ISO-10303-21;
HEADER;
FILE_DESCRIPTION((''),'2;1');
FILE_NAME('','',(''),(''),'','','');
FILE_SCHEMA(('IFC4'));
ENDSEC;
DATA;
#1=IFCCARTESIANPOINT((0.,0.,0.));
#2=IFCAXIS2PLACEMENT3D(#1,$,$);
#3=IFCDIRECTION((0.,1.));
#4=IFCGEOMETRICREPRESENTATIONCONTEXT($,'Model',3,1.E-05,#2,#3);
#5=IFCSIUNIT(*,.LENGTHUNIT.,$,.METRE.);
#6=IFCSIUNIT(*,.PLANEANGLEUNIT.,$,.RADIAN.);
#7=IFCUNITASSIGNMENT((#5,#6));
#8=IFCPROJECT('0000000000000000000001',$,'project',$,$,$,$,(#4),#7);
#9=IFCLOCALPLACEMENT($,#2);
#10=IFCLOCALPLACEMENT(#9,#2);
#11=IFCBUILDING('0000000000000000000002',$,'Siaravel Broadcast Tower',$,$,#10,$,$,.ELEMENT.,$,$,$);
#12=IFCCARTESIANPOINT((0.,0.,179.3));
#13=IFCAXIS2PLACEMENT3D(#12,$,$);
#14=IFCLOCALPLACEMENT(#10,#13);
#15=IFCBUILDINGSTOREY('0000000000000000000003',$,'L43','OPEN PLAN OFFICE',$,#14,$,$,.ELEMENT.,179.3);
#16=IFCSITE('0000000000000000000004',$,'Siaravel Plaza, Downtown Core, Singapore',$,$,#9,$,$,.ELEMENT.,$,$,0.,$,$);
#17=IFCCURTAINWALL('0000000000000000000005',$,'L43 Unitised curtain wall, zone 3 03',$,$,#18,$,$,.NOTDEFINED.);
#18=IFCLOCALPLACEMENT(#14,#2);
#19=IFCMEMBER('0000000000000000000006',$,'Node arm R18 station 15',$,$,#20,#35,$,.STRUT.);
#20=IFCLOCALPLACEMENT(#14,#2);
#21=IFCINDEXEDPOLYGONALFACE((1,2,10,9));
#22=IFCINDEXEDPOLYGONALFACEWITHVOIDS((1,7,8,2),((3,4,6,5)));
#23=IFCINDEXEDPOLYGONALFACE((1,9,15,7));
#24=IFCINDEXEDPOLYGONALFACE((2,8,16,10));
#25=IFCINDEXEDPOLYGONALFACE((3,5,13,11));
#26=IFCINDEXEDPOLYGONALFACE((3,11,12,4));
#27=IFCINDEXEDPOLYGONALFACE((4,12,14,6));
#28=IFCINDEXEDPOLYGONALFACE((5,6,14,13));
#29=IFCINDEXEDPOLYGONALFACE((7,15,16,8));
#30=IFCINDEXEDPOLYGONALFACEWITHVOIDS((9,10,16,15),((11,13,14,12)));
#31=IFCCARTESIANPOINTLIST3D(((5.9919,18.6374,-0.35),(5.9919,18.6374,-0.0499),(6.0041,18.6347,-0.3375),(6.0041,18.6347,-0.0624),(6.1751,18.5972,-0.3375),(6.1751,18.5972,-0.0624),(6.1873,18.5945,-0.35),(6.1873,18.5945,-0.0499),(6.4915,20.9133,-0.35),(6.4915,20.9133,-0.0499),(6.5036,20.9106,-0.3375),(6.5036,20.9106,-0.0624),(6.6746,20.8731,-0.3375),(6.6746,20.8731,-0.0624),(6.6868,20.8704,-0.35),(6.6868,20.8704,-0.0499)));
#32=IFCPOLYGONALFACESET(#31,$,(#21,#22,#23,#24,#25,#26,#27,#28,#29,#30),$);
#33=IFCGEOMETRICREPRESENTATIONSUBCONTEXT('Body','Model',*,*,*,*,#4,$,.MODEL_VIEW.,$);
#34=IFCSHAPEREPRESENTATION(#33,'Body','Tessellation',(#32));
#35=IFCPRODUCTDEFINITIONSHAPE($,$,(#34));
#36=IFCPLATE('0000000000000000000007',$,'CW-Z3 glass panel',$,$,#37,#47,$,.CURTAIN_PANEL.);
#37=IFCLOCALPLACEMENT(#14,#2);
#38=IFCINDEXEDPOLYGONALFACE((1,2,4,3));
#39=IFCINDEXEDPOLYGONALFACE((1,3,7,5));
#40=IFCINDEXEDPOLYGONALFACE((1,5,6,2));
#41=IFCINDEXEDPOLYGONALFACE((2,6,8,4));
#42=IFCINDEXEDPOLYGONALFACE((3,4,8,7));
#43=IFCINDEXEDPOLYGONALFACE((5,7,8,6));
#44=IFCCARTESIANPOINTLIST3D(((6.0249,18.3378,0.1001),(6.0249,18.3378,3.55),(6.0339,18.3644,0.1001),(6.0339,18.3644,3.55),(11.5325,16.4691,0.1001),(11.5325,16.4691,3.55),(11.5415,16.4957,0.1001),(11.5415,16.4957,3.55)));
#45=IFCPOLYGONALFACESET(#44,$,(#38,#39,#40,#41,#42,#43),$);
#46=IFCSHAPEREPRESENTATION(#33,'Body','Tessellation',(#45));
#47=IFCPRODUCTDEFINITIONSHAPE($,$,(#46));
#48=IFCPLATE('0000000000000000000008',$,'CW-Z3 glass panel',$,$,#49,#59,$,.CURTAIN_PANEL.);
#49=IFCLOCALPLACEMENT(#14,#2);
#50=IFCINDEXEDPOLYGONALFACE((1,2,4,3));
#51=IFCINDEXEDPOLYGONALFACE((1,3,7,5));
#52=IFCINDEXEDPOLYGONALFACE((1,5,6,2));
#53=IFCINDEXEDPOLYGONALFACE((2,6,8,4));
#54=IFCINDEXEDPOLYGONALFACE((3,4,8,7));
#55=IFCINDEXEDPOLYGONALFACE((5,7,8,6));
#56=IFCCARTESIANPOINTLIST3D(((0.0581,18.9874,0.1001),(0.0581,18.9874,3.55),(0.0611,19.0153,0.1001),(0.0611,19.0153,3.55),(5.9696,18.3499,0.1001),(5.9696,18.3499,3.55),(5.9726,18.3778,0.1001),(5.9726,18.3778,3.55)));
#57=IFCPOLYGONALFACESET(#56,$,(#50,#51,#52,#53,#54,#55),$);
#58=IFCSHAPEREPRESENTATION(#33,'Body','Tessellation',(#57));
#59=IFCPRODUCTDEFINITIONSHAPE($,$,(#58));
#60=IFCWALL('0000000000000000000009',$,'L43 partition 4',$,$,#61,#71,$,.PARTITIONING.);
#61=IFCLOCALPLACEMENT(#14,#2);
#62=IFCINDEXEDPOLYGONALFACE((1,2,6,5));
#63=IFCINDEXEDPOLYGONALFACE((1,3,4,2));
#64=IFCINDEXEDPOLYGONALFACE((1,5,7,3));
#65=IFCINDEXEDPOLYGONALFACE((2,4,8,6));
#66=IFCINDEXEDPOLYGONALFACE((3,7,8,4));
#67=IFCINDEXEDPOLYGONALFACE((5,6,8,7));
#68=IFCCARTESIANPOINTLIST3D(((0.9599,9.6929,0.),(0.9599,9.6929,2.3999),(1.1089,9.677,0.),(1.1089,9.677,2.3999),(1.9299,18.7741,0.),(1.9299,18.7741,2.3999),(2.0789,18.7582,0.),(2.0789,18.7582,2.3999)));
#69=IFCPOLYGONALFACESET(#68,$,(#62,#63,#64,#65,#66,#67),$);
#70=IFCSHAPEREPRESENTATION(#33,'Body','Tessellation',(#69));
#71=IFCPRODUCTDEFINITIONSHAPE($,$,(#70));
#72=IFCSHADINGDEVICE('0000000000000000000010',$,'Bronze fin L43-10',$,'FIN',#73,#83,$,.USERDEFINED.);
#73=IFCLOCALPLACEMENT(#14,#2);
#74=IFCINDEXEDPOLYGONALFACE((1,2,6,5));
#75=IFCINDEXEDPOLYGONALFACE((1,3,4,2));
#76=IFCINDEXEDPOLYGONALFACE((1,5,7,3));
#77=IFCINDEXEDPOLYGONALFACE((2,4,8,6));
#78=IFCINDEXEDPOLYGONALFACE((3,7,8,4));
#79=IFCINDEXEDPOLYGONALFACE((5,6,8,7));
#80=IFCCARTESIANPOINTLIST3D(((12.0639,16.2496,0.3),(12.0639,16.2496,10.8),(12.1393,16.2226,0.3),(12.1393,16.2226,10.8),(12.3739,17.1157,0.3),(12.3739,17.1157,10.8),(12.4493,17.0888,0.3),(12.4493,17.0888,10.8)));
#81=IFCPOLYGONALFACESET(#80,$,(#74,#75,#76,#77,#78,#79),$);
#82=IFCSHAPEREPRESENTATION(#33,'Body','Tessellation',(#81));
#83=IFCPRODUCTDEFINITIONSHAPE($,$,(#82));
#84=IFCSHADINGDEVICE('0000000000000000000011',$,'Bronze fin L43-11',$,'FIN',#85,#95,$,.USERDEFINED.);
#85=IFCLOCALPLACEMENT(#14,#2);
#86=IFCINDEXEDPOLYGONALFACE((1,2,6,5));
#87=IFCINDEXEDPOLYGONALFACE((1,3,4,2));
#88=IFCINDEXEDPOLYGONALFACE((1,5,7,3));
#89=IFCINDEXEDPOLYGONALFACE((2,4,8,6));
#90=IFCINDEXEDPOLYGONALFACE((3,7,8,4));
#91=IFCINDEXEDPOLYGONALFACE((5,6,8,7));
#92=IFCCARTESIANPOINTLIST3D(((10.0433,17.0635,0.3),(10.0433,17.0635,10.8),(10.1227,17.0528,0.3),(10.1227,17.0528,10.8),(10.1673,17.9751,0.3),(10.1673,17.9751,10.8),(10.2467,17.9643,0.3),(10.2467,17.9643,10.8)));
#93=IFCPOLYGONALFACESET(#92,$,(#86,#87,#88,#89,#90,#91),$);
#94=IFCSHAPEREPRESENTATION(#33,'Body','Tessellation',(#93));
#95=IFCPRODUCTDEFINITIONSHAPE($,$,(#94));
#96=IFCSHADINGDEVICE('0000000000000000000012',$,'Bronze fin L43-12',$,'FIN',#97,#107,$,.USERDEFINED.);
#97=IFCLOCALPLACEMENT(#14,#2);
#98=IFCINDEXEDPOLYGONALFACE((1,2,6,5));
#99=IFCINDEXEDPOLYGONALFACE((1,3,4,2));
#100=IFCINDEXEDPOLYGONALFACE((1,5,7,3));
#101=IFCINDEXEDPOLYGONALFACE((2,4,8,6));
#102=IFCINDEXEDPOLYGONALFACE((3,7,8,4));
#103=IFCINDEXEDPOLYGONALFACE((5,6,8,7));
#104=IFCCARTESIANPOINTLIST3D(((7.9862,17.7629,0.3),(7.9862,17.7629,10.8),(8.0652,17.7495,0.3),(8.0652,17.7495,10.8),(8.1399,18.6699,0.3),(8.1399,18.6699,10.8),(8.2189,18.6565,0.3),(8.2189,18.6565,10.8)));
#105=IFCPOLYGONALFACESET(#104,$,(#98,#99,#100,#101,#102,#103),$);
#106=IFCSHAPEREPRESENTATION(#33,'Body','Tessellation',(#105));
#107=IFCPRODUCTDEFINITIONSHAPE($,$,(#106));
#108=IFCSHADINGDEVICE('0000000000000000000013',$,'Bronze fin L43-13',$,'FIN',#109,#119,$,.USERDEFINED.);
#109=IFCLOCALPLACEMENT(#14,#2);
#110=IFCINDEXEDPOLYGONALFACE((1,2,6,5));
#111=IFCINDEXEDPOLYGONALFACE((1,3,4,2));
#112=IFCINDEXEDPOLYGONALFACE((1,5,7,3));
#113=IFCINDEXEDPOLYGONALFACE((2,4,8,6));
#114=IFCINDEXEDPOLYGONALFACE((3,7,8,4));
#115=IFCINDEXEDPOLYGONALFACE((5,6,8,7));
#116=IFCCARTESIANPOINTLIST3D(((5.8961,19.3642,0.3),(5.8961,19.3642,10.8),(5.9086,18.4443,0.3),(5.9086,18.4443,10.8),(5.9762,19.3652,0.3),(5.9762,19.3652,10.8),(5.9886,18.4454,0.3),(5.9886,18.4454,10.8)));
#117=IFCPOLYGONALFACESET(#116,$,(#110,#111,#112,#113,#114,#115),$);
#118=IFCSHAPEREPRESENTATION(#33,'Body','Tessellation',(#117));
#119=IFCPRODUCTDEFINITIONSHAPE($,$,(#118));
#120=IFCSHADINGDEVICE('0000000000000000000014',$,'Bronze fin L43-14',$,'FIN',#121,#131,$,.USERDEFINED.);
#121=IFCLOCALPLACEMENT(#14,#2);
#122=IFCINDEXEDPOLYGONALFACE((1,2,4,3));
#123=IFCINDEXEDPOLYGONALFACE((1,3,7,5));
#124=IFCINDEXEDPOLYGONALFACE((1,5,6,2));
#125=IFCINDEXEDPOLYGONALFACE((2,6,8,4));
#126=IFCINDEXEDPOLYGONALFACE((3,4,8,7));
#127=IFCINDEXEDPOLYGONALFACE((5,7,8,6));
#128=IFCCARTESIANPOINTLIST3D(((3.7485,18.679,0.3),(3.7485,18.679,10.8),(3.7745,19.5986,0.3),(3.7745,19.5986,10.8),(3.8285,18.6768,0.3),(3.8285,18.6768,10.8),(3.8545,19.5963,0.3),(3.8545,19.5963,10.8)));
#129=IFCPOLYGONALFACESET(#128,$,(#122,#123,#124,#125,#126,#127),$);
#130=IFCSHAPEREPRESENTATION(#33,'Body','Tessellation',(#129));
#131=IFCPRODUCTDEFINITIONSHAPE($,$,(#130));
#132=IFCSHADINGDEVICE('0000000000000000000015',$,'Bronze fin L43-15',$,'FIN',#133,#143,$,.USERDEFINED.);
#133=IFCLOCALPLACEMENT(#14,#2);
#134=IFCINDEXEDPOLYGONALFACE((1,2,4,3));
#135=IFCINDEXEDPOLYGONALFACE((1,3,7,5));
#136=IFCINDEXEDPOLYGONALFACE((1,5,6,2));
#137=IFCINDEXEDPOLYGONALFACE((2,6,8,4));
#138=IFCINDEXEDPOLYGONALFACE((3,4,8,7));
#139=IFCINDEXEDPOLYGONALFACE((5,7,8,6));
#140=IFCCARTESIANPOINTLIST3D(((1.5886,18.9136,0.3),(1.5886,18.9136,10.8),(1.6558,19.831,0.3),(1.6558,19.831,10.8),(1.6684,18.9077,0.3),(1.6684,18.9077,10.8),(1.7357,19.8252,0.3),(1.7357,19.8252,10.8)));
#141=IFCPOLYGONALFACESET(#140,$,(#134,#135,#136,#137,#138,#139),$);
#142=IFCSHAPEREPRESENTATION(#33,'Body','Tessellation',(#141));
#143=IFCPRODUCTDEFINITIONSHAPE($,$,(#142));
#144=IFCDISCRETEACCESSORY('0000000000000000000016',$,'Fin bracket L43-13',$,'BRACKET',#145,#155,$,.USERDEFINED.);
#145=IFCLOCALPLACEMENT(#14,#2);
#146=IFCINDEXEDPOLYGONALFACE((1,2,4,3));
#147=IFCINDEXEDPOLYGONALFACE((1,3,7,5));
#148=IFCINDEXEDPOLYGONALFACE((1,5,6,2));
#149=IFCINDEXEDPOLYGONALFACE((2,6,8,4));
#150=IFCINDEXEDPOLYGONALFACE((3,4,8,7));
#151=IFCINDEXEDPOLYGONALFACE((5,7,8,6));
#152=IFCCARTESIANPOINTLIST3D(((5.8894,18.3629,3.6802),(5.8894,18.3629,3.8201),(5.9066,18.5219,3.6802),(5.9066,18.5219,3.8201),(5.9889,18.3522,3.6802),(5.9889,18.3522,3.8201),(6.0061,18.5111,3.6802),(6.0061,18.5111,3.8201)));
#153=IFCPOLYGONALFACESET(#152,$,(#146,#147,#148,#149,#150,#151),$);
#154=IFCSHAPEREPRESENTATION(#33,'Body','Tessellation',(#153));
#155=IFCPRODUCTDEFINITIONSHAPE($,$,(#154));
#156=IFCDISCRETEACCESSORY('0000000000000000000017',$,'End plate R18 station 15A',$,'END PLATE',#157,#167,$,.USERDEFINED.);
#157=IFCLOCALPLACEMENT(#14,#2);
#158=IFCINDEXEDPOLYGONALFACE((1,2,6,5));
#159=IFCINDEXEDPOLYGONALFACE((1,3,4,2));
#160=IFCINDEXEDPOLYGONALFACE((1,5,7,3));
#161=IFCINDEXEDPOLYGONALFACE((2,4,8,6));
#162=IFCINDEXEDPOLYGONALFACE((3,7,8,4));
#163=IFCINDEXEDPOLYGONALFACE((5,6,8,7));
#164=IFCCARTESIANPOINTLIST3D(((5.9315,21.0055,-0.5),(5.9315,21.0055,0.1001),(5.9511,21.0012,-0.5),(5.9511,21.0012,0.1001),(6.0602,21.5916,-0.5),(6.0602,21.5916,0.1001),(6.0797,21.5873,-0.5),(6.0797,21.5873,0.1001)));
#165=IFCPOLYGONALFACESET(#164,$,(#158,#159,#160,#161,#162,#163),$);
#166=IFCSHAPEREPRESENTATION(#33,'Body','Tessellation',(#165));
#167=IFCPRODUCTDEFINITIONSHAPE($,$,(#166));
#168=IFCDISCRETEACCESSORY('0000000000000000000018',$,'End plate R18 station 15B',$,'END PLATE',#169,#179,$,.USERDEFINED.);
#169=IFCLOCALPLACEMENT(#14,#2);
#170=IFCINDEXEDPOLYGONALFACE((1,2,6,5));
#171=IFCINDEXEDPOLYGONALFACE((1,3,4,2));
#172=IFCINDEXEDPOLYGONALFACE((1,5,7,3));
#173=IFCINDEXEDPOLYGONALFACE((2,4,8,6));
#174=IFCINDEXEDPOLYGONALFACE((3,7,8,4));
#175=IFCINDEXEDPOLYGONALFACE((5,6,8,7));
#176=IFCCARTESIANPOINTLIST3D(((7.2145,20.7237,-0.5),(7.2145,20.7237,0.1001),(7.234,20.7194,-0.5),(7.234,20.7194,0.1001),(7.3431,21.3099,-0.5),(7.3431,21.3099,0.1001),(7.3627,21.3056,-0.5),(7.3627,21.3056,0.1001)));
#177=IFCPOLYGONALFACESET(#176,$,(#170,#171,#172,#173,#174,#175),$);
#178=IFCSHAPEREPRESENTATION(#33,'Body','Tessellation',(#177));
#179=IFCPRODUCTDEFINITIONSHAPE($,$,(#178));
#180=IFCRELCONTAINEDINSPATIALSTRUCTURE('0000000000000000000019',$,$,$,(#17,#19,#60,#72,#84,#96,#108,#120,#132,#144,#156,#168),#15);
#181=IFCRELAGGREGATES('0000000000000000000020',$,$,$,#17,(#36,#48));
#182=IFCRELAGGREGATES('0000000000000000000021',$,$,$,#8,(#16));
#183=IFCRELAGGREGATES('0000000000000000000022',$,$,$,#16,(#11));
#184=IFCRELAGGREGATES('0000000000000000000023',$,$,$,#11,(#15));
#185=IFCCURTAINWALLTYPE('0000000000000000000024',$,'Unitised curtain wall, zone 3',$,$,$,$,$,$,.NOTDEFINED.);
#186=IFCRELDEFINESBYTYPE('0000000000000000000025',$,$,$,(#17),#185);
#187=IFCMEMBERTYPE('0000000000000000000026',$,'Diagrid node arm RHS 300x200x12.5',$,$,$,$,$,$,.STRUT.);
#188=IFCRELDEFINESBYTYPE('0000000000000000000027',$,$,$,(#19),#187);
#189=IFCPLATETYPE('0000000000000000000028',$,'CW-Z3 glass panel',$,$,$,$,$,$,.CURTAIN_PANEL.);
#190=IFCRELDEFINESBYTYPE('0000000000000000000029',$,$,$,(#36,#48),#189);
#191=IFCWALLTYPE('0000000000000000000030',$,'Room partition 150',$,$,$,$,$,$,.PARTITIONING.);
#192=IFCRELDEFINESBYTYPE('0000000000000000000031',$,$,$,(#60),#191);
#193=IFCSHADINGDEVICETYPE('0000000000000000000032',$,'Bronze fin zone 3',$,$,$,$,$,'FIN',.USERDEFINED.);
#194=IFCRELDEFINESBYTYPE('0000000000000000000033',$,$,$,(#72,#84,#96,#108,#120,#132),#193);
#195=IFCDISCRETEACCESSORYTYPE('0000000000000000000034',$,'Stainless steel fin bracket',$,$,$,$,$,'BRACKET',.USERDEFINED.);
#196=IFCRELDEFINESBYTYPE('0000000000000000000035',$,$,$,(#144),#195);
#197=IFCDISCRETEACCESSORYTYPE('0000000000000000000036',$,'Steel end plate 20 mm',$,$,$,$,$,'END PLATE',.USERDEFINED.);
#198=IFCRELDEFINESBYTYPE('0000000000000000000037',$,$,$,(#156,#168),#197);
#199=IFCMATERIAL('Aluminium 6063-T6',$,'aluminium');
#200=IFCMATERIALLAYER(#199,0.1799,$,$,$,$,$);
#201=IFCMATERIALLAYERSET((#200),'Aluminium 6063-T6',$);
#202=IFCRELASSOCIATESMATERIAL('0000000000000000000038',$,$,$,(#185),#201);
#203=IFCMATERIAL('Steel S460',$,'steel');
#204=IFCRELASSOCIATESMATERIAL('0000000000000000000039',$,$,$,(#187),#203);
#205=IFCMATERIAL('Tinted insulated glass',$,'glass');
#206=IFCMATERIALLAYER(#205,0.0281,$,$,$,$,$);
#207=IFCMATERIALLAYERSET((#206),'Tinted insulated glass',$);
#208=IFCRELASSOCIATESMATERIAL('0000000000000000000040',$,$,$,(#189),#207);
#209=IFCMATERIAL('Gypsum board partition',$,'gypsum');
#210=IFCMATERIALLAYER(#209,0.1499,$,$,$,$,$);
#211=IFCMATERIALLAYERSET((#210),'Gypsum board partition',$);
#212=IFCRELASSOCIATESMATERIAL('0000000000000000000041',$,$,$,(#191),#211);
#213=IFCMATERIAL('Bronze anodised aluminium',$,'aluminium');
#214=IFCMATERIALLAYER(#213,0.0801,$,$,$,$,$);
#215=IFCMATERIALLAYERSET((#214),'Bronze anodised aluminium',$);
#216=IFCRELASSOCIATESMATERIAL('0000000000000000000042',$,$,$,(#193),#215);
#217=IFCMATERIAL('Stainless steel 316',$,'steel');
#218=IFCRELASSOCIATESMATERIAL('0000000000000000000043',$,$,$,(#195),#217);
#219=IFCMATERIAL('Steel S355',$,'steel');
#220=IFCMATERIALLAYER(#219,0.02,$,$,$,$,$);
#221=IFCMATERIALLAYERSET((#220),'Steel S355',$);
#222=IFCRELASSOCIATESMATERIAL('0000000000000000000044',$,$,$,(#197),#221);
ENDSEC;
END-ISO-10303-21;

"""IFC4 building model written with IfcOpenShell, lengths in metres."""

from ifc_helpers import new_model, si_unit, direction, frame, frame_2d, origin, origin_2d, place, context, subcontext, project, spatial, rectangle, hollow_rectangle, extrude, material, layer, layer_set, material_profile, profile_set, type_object, element, aggregate, save


model = new_model("IFC4")

# Units and contexts
model_context = context("Model", 3, precision=1e-05, world=origin(), true_north=direction((0.0, 1.0)))
body_context = subcontext(model_context, "Body", "Model", "MODEL_VIEW")
ifc_project = project(units=[si_unit("LENGTHUNIT", "METRE"), si_unit("PLANEANGLEUNIT", "RADIAN")], contexts=[model_context])

# Site, building, storey
site_placement = place(None, origin())
site = spatial("IfcSite", under=ifc_project, at=site_placement, Name="Siaravel Plaza, Downtown Core, Singapore", CompositionType="ELEMENT", RefElevation=0.0)
building_placement = place(site_placement, origin())
building = spatial("IfcBuilding", under=site, at=building_placement, Name="Siaravel Broadcast Tower", CompositionType="ELEMENT")
storey_placement = place(building_placement, frame((0.0, 0.0, 179.3)))
storey = spatial("IfcBuildingStorey", under=building, at=storey_placement, Name="L43", Description="OPEN PLAN OFFICE", CompositionType="ELEMENT", Elevation=179.3)

# Shared definitions
ifc_material_1 = material(Name="Steel S355", Category="steel")

# Curtain wall
ifc_material_2 = material(Name="Aluminium 6063-T6", Category="aluminium")
ifc_layer_1 = layer(ifc_material_2, 0.1799)
ifc_layer_set_1 = layer_set([ifc_layer_1], Name="Aluminium 6063-T6")
curtain_wall_type = type_object("IfcCurtainWallType", Name="Unitised curtain wall, zone 3", PredefinedType="NOTDEFINED", material=ifc_layer_set_1)
curtain_wall_placement = place(storey_placement, origin())
curtain_wall = element("IfcCurtainWall", 1, at=curtain_wall_placement, inside=storey, type_object=curtain_wall_type, Name="L43 Unitised curtain wall, zone 3 03", PredefinedType="NOTDEFINED")

# Member
ifc_material_3 = material(Name="Steel S460", Category="steel")
ifc_material_profile_1 = material_profile(ifc_material_3, hollow_rectangle(XDim=0.2, YDim=0.3, WallThickness=0.0125, at=origin_2d()))
ifc_profile_set_1 = profile_set([ifc_material_profile_1], Name="Steel S460")
member_type_1 = type_object("IfcMemberType", Name="Diagrid node arm RHS 300x200x12.5", PredefinedType="STRUT", material=ifc_profile_set_1)
member_1_placement = place(storey_placement, frame((6.0896, 18.616, -0.2), z_axis=(0.214378, 0.976751, 0.0), x_axis=(-0.976751, 0.214378, 0.0)))
element("IfcMember", 2, at=member_1_placement, inside=storey, type_object=member_type_1, Name="Node arm R18 station 15", PredefinedType="STRUT", context=body_context, shape_type="SweptSolid", body=[
    extrude(hollow_rectangle(XDim=0.2, YDim=0.3, WallThickness=0.0125, at=origin_2d()), origin(), (0.0, 0.0, 1.0), 2.3301),
])

# Plates
ifc_material_4 = material(Name="Tinted insulated glass", Category="glass")
ifc_layer_2 = layer(ifc_material_4, 0.0281)
ifc_layer_set_2 = layer_set([ifc_layer_2], Name="Tinted insulated glass")
plate_type = type_object("IfcPlateType", Name="CW-Z3 glass panel", PredefinedType="CURTAIN_PANEL", material=ifc_layer_set_2)
plate_1_placement = place(storey_placement, frame((8.7832, 17.4167, 0.1001), z_axis=(0.0, 0.0, 1.0), x_axis=(-0.946977, 0.3213, 0.0)))
plate_1 = element("IfcPlate", 3, at=plate_1_placement, type_object=plate_type, Name="CW-Z3 glass panel", PredefinedType="CURTAIN_PANEL", context=body_context, shape_type="SweptSolid", body=[
    extrude(rectangle(XDim=5.8159, YDim=0.0281, at=origin_2d()), origin(), (0.0, 0.0, 1.0), 3.45),
])
plate_2_placement = place(storey_placement, frame((3.0154, 18.6826, 0.1001), z_axis=(0.0, 0.0, 1.0), x_axis=(-0.994236, 0.107217, 0.0)))
plate_2 = element("IfcPlate", 4, at=plate_2_placement, type_object=plate_type, Name="CW-Z3 glass panel", PredefinedType="CURTAIN_PANEL", context=body_context, shape_type="SweptSolid", body=[
    extrude(rectangle(XDim=5.9458, YDim=0.0281, at=origin_2d()), origin(), (0.0, 0.0, 1.0), 3.45),
])
aggregate(curtain_wall, [plate_1, plate_2])

# Wall
ifc_material_5 = material(Name="Gypsum board partition", Category="gypsum")
ifc_layer_3 = layer(ifc_material_5, 0.1499)
ifc_layer_set_3 = layer_set([ifc_layer_3], Name="Gypsum board partition")
wall_type = type_object("IfcWallType", Name="Room partition 150", PredefinedType="PARTITIONING", material=ifc_layer_set_3)
wall_placement = place(storey_placement, frame((2.0044, 18.7661, 0.0), z_axis=(0.0, 0.0, 1.0), x_axis=(-0.106208, -0.994344, 0.0)))
element("IfcWall", 5, at=wall_placement, inside=storey, type_object=wall_type, Name="L43 partition 4", PredefinedType="PARTITIONING", context=body_context, shape_type="SweptSolid", body=[
    extrude(rectangle(XDim=9.1328, YDim=0.1499, at=frame_2d((4.5664, 0.0))), origin(), (0.0, 0.0, 1.0), 2.3999),
])

# Shading devices
ifc_material_6 = material(Name="Bronze anodised aluminium", Category="aluminium")
ifc_layer_4 = layer(ifc_material_6, 0.0801)
ifc_layer_set_4 = layer_set([ifc_layer_4], Name="Bronze anodised aluminium")
shading_device_type = type_object("IfcShadingDeviceType", Name="Bronze fin zone 3", ElementType="FIN", PredefinedType="USERDEFINED", material=ifc_layer_set_4)
for number, where, z_axis, x_axis, name in (
    (6, (12.2566, 16.6692, 0.3), (0.0, 0.0, 1.0), (0.336998, 0.941505, 0.0), "Bronze fin L43-10"),
    (7, (10.145, 17.5139, 0.3), (0.0, 0.0, 1.0), (0.134792, 0.990874, 0.0), "Bronze fin L43-11"),
    (8, (8.1025, 18.2097, 0.3), (0.0, 0.0, 1.0), (0.16707, 0.985945, 0.0), "Bronze fin L43-12"),
    (9, (5.9424, 18.9048, 0.3), (0.0, 0.0, 1.0), (-0.013547, 0.999908, 0.0), "Bronze fin L43-13"),
    (10, (3.8015, 19.1377, 0.3), (0.0, 0.0, 1.0), (0.02826, 0.999601, 0.0), "Bronze fin L43-14"),
    (11, (1.6621, 19.3694, 0.3), (0.0, 0.0, 1.0), (0.073094, 0.997325, 0.0), "Bronze fin L43-15"),
):
    element("IfcShadingDevice", number, at=place(storey_placement, frame(where, z_axis=z_axis, x_axis=x_axis)), inside=storey, type_object=shading_device_type, Name=name, ObjectType="FIN", PredefinedType="USERDEFINED", context=body_context, shape_type="SweptSolid", body=[
        extrude(rectangle(XDim=0.9199, YDim=0.0801, at=origin_2d()), origin(), (0.0, 0.0, 1.0), 10.5),
    ])

# Discrete accessories
ifc_material_7 = material(Name="Stainless steel 316", Category="steel")
discrete_accessory_type_1 = type_object("IfcDiscreteAccessoryType", Name="Stainless steel fin bracket", ElementType="BRACKET", PredefinedType="USERDEFINED", material=ifc_material_7)
discrete_accessory_placement = place(storey_placement, frame((5.9478, 18.437, 3.6802), z_axis=(0.0, 0.0, 1.0), x_axis=(0.107217, 0.994236, 0.0)))
element("IfcDiscreteAccessory", 12, at=discrete_accessory_placement, inside=storey, type_object=discrete_accessory_type_1, Name="Fin bracket L43-13", ObjectType="BRACKET", PredefinedType="USERDEFINED", context=body_context, shape_type="SweptSolid", body=[
    extrude(rectangle(XDim=0.1599, YDim=0.1001, at=origin_2d()), origin(), (0.0, 0.0, 1.0), 0.1399),
])
ifc_layer_5 = layer(ifc_material_1, 0.02)
ifc_layer_set_5 = layer_set([ifc_layer_5], Name="Steel S355")
discrete_accessory_type_2 = type_object("IfcDiscreteAccessoryType", Name="Steel end plate 20 mm", ElementType="END PLATE", PredefinedType="USERDEFINED", material=ifc_layer_set_5)
for number, where, z_axis, x_axis, name in (
    (13, (6.0056, 21.2964, -0.5), (0.0, 0.0, 1.0), (-0.976751, 0.214377, 0.0), "End plate R18 station 15A"),
    (14, (7.2886, 21.0146, -0.5), (0.0, 0.0, 1.0), (-0.976751, 0.214377, 0.0), "End plate R18 station 15B"),
):
    element("IfcDiscreteAccessory", number, at=place(storey_placement, frame(where, z_axis=z_axis, x_axis=x_axis)), inside=storey, type_object=discrete_accessory_type_2, Name=name, ObjectType="END PLATE", PredefinedType="USERDEFINED", context=body_context, shape_type="SweptSolid", body=[
        extrude(rectangle(XDim=0.02, YDim=0.6001, at=origin_2d()), origin(), (0.0, 0.0, 1.0), 0.6001),
    ])

save(model, "model.ifc")
